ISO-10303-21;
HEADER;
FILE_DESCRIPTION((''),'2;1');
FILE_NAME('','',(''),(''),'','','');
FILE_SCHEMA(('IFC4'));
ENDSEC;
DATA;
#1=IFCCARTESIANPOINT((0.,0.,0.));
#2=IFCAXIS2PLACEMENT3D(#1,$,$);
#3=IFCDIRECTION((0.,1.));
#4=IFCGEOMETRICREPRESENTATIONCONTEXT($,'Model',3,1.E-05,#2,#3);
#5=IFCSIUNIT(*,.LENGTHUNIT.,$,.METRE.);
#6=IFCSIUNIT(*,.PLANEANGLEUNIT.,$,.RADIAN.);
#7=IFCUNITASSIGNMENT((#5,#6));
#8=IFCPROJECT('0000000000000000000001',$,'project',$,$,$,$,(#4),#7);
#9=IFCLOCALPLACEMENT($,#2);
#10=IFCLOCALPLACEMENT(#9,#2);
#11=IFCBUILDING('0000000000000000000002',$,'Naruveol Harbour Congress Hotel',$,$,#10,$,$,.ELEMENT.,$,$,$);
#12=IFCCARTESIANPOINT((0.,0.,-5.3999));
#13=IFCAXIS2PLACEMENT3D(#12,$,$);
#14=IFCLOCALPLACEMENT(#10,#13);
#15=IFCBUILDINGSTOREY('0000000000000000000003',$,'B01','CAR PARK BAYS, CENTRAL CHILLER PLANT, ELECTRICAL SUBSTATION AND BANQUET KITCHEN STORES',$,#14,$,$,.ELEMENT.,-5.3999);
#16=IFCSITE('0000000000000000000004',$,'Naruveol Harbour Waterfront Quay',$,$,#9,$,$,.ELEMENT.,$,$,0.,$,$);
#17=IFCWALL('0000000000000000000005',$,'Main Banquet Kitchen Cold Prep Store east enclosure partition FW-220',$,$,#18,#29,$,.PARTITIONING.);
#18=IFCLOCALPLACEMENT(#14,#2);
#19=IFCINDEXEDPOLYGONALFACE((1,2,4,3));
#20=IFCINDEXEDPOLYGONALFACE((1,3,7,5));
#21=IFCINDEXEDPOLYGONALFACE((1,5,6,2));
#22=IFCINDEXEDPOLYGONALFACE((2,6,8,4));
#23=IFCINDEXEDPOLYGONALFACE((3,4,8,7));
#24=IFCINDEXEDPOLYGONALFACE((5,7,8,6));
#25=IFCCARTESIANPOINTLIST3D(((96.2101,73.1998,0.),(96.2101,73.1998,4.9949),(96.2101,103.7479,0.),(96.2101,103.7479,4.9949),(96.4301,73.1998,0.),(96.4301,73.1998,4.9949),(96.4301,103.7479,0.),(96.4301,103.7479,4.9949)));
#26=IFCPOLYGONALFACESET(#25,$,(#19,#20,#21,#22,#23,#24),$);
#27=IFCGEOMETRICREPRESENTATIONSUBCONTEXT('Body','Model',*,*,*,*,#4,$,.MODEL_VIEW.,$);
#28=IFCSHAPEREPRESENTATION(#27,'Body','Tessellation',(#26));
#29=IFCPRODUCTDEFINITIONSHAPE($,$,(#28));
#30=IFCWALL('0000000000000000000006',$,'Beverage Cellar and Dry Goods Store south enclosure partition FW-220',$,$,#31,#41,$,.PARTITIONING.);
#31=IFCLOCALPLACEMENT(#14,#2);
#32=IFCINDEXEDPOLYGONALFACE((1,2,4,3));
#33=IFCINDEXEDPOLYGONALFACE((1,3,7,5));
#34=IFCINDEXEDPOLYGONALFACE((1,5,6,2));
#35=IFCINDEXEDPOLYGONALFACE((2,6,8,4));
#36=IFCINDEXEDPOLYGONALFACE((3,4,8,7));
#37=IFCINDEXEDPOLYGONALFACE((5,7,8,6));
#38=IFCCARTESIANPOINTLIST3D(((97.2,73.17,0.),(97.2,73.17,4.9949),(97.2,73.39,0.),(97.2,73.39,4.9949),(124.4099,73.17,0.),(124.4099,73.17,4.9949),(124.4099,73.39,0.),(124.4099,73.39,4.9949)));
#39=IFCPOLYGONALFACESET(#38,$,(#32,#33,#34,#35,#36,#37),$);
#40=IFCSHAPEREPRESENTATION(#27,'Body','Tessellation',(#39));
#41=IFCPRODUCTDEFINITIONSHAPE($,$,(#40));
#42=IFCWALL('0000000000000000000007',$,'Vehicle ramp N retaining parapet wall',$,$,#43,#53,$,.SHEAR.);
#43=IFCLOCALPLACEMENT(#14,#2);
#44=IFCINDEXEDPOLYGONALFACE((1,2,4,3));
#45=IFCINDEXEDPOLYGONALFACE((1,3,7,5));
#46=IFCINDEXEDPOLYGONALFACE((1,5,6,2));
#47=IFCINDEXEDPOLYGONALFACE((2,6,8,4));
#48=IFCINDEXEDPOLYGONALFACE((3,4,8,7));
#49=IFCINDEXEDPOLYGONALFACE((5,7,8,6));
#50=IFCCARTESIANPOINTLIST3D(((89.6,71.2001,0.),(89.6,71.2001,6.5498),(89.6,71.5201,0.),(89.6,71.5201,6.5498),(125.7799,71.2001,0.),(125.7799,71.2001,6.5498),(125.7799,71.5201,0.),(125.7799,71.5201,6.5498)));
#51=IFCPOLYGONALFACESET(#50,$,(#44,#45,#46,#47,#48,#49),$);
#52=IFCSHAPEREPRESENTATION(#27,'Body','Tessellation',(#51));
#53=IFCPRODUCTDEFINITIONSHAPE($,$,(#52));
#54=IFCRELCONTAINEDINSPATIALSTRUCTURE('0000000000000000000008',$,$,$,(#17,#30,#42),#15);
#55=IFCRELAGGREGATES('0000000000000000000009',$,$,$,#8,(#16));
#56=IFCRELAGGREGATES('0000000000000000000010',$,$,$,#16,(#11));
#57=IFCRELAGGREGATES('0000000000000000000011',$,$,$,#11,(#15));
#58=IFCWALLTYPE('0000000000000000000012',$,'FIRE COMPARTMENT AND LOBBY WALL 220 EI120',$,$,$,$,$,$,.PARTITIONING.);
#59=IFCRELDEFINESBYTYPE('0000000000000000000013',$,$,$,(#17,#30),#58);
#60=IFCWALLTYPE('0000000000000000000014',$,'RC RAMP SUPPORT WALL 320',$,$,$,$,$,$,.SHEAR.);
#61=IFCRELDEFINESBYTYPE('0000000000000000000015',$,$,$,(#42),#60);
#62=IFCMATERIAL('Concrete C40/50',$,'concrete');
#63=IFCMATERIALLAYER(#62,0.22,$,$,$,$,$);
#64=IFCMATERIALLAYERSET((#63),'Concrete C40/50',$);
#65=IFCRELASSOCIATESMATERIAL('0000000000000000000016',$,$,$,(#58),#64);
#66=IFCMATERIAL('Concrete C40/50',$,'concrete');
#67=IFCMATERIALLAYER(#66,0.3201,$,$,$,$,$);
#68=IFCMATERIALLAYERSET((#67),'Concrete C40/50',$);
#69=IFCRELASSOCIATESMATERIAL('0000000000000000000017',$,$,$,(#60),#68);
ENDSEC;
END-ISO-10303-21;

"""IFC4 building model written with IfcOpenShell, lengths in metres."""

from ifc_helpers import new_model, si_unit, direction, frame, frame_2d, origin, place, context, subcontext, project, spatial, rectangle, extrude, material, layer, layer_set, type_object, element, save


model = new_model("IFC4")

# Units and contexts
model_context = context("Model", 3, precision=1e-05, world=origin(), true_north=direction((0.0, 1.0)))
body_context = subcontext(model_context, "Body", "Model", "MODEL_VIEW")
ifc_project = project(units=[si_unit("LENGTHUNIT", "METRE"), si_unit("PLANEANGLEUNIT", "RADIAN")], contexts=[model_context])

# Site, building, storey
site_placement = place(None, origin())
site = spatial("IfcSite", under=ifc_project, at=site_placement, Name="Naruveol Harbour Waterfront Quay", CompositionType="ELEMENT", RefElevation=0.0)
building_placement = place(site_placement, origin())
building = spatial("IfcBuilding", under=site, at=building_placement, Name="Naruveol Harbour Congress Hotel", CompositionType="ELEMENT")
storey_placement = place(building_placement, frame((0.0, 0.0, -5.3999)))
storey = spatial("IfcBuildingStorey", under=building, at=storey_placement, Name="B01", Description="CAR PARK BAYS, CENTRAL CHILLER PLANT, ELECTRICAL SUBSTATION AND BANQUET KITCHEN STORES", CompositionType="ELEMENT", Elevation=-5.3999)

# Walls
ifc_material_1 = material(Name="Concrete C40/50", Category="concrete")
ifc_layer_1 = layer(ifc_material_1, 0.22)
ifc_layer_set_1 = layer_set([ifc_layer_1], Name="Concrete C40/50")
wall_type_1 = type_object("IfcWallType", Name="FIRE COMPARTMENT AND LOBBY WALL 220 EI120", PredefinedType="PARTITIONING", material=ifc_layer_set_1)
wall_1_placement = place(storey_placement, frame((96.3201, 73.2, 0.0), z_axis=(0.0, 0.0, 1.0), x_axis=(0.0, 1.0, 0.0)))
element("IfcWall", 1, at=wall_1_placement, inside=storey, type_object=wall_type_1, Name="Main Banquet Kitchen Cold Prep Store east enclosure partition FW-220", PredefinedType="PARTITIONING", context=body_context, shape_type="SweptSolid", body=[
    extrude(rectangle(XDim=30.5481, YDim=0.22, at=frame_2d((15.2739, 0.0))), origin(), (0.0, 0.0, 1.0), 4.9949),
])
wall_2_placement = place(storey_placement, frame((97.2, 73.28, 0.0), z_axis=(0.0, 0.0, 1.0), x_axis=(1.0, 0.0, 0.0)))
element("IfcWall", 2, at=wall_2_placement, inside=storey, type_object=wall_type_1, Name="Beverage Cellar and Dry Goods Store south enclosure partition FW-220", PredefinedType="PARTITIONING", context=body_context, shape_type="SweptSolid", body=[
    extrude(rectangle(XDim=27.21, YDim=0.22, at=frame_2d((13.605, 0.0))), origin(), (0.0, 0.0, 1.0), 4.9949),
])
ifc_material_2 = material(Name="Concrete C40/50", Category="concrete")
ifc_layer_2 = layer(ifc_material_2, 0.3201)
ifc_layer_set_2 = layer_set([ifc_layer_2], Name="Concrete C40/50")
wall_type_2 = type_object("IfcWallType", Name="RC RAMP SUPPORT WALL 320", PredefinedType="SHEAR", material=ifc_layer_set_2)
wall_3_placement = place(storey_placement, frame((89.6001, 71.3601, 0.0), z_axis=(0.0, 0.0, 1.0), x_axis=(1.0, 0.0, 0.0)))
element("IfcWall", 3, at=wall_3_placement, inside=storey, type_object=wall_type_2, Name="Vehicle ramp N retaining parapet wall", PredefinedType="SHEAR", context=body_context, shape_type="SweptSolid", body=[
    extrude(rectangle(XDim=36.1799, YDim=0.3201, at=frame_2d((18.0898, 0.0))), origin(), (0.0, 0.0, 1.0), 6.5498),
])

save(model, "model.ifc")
